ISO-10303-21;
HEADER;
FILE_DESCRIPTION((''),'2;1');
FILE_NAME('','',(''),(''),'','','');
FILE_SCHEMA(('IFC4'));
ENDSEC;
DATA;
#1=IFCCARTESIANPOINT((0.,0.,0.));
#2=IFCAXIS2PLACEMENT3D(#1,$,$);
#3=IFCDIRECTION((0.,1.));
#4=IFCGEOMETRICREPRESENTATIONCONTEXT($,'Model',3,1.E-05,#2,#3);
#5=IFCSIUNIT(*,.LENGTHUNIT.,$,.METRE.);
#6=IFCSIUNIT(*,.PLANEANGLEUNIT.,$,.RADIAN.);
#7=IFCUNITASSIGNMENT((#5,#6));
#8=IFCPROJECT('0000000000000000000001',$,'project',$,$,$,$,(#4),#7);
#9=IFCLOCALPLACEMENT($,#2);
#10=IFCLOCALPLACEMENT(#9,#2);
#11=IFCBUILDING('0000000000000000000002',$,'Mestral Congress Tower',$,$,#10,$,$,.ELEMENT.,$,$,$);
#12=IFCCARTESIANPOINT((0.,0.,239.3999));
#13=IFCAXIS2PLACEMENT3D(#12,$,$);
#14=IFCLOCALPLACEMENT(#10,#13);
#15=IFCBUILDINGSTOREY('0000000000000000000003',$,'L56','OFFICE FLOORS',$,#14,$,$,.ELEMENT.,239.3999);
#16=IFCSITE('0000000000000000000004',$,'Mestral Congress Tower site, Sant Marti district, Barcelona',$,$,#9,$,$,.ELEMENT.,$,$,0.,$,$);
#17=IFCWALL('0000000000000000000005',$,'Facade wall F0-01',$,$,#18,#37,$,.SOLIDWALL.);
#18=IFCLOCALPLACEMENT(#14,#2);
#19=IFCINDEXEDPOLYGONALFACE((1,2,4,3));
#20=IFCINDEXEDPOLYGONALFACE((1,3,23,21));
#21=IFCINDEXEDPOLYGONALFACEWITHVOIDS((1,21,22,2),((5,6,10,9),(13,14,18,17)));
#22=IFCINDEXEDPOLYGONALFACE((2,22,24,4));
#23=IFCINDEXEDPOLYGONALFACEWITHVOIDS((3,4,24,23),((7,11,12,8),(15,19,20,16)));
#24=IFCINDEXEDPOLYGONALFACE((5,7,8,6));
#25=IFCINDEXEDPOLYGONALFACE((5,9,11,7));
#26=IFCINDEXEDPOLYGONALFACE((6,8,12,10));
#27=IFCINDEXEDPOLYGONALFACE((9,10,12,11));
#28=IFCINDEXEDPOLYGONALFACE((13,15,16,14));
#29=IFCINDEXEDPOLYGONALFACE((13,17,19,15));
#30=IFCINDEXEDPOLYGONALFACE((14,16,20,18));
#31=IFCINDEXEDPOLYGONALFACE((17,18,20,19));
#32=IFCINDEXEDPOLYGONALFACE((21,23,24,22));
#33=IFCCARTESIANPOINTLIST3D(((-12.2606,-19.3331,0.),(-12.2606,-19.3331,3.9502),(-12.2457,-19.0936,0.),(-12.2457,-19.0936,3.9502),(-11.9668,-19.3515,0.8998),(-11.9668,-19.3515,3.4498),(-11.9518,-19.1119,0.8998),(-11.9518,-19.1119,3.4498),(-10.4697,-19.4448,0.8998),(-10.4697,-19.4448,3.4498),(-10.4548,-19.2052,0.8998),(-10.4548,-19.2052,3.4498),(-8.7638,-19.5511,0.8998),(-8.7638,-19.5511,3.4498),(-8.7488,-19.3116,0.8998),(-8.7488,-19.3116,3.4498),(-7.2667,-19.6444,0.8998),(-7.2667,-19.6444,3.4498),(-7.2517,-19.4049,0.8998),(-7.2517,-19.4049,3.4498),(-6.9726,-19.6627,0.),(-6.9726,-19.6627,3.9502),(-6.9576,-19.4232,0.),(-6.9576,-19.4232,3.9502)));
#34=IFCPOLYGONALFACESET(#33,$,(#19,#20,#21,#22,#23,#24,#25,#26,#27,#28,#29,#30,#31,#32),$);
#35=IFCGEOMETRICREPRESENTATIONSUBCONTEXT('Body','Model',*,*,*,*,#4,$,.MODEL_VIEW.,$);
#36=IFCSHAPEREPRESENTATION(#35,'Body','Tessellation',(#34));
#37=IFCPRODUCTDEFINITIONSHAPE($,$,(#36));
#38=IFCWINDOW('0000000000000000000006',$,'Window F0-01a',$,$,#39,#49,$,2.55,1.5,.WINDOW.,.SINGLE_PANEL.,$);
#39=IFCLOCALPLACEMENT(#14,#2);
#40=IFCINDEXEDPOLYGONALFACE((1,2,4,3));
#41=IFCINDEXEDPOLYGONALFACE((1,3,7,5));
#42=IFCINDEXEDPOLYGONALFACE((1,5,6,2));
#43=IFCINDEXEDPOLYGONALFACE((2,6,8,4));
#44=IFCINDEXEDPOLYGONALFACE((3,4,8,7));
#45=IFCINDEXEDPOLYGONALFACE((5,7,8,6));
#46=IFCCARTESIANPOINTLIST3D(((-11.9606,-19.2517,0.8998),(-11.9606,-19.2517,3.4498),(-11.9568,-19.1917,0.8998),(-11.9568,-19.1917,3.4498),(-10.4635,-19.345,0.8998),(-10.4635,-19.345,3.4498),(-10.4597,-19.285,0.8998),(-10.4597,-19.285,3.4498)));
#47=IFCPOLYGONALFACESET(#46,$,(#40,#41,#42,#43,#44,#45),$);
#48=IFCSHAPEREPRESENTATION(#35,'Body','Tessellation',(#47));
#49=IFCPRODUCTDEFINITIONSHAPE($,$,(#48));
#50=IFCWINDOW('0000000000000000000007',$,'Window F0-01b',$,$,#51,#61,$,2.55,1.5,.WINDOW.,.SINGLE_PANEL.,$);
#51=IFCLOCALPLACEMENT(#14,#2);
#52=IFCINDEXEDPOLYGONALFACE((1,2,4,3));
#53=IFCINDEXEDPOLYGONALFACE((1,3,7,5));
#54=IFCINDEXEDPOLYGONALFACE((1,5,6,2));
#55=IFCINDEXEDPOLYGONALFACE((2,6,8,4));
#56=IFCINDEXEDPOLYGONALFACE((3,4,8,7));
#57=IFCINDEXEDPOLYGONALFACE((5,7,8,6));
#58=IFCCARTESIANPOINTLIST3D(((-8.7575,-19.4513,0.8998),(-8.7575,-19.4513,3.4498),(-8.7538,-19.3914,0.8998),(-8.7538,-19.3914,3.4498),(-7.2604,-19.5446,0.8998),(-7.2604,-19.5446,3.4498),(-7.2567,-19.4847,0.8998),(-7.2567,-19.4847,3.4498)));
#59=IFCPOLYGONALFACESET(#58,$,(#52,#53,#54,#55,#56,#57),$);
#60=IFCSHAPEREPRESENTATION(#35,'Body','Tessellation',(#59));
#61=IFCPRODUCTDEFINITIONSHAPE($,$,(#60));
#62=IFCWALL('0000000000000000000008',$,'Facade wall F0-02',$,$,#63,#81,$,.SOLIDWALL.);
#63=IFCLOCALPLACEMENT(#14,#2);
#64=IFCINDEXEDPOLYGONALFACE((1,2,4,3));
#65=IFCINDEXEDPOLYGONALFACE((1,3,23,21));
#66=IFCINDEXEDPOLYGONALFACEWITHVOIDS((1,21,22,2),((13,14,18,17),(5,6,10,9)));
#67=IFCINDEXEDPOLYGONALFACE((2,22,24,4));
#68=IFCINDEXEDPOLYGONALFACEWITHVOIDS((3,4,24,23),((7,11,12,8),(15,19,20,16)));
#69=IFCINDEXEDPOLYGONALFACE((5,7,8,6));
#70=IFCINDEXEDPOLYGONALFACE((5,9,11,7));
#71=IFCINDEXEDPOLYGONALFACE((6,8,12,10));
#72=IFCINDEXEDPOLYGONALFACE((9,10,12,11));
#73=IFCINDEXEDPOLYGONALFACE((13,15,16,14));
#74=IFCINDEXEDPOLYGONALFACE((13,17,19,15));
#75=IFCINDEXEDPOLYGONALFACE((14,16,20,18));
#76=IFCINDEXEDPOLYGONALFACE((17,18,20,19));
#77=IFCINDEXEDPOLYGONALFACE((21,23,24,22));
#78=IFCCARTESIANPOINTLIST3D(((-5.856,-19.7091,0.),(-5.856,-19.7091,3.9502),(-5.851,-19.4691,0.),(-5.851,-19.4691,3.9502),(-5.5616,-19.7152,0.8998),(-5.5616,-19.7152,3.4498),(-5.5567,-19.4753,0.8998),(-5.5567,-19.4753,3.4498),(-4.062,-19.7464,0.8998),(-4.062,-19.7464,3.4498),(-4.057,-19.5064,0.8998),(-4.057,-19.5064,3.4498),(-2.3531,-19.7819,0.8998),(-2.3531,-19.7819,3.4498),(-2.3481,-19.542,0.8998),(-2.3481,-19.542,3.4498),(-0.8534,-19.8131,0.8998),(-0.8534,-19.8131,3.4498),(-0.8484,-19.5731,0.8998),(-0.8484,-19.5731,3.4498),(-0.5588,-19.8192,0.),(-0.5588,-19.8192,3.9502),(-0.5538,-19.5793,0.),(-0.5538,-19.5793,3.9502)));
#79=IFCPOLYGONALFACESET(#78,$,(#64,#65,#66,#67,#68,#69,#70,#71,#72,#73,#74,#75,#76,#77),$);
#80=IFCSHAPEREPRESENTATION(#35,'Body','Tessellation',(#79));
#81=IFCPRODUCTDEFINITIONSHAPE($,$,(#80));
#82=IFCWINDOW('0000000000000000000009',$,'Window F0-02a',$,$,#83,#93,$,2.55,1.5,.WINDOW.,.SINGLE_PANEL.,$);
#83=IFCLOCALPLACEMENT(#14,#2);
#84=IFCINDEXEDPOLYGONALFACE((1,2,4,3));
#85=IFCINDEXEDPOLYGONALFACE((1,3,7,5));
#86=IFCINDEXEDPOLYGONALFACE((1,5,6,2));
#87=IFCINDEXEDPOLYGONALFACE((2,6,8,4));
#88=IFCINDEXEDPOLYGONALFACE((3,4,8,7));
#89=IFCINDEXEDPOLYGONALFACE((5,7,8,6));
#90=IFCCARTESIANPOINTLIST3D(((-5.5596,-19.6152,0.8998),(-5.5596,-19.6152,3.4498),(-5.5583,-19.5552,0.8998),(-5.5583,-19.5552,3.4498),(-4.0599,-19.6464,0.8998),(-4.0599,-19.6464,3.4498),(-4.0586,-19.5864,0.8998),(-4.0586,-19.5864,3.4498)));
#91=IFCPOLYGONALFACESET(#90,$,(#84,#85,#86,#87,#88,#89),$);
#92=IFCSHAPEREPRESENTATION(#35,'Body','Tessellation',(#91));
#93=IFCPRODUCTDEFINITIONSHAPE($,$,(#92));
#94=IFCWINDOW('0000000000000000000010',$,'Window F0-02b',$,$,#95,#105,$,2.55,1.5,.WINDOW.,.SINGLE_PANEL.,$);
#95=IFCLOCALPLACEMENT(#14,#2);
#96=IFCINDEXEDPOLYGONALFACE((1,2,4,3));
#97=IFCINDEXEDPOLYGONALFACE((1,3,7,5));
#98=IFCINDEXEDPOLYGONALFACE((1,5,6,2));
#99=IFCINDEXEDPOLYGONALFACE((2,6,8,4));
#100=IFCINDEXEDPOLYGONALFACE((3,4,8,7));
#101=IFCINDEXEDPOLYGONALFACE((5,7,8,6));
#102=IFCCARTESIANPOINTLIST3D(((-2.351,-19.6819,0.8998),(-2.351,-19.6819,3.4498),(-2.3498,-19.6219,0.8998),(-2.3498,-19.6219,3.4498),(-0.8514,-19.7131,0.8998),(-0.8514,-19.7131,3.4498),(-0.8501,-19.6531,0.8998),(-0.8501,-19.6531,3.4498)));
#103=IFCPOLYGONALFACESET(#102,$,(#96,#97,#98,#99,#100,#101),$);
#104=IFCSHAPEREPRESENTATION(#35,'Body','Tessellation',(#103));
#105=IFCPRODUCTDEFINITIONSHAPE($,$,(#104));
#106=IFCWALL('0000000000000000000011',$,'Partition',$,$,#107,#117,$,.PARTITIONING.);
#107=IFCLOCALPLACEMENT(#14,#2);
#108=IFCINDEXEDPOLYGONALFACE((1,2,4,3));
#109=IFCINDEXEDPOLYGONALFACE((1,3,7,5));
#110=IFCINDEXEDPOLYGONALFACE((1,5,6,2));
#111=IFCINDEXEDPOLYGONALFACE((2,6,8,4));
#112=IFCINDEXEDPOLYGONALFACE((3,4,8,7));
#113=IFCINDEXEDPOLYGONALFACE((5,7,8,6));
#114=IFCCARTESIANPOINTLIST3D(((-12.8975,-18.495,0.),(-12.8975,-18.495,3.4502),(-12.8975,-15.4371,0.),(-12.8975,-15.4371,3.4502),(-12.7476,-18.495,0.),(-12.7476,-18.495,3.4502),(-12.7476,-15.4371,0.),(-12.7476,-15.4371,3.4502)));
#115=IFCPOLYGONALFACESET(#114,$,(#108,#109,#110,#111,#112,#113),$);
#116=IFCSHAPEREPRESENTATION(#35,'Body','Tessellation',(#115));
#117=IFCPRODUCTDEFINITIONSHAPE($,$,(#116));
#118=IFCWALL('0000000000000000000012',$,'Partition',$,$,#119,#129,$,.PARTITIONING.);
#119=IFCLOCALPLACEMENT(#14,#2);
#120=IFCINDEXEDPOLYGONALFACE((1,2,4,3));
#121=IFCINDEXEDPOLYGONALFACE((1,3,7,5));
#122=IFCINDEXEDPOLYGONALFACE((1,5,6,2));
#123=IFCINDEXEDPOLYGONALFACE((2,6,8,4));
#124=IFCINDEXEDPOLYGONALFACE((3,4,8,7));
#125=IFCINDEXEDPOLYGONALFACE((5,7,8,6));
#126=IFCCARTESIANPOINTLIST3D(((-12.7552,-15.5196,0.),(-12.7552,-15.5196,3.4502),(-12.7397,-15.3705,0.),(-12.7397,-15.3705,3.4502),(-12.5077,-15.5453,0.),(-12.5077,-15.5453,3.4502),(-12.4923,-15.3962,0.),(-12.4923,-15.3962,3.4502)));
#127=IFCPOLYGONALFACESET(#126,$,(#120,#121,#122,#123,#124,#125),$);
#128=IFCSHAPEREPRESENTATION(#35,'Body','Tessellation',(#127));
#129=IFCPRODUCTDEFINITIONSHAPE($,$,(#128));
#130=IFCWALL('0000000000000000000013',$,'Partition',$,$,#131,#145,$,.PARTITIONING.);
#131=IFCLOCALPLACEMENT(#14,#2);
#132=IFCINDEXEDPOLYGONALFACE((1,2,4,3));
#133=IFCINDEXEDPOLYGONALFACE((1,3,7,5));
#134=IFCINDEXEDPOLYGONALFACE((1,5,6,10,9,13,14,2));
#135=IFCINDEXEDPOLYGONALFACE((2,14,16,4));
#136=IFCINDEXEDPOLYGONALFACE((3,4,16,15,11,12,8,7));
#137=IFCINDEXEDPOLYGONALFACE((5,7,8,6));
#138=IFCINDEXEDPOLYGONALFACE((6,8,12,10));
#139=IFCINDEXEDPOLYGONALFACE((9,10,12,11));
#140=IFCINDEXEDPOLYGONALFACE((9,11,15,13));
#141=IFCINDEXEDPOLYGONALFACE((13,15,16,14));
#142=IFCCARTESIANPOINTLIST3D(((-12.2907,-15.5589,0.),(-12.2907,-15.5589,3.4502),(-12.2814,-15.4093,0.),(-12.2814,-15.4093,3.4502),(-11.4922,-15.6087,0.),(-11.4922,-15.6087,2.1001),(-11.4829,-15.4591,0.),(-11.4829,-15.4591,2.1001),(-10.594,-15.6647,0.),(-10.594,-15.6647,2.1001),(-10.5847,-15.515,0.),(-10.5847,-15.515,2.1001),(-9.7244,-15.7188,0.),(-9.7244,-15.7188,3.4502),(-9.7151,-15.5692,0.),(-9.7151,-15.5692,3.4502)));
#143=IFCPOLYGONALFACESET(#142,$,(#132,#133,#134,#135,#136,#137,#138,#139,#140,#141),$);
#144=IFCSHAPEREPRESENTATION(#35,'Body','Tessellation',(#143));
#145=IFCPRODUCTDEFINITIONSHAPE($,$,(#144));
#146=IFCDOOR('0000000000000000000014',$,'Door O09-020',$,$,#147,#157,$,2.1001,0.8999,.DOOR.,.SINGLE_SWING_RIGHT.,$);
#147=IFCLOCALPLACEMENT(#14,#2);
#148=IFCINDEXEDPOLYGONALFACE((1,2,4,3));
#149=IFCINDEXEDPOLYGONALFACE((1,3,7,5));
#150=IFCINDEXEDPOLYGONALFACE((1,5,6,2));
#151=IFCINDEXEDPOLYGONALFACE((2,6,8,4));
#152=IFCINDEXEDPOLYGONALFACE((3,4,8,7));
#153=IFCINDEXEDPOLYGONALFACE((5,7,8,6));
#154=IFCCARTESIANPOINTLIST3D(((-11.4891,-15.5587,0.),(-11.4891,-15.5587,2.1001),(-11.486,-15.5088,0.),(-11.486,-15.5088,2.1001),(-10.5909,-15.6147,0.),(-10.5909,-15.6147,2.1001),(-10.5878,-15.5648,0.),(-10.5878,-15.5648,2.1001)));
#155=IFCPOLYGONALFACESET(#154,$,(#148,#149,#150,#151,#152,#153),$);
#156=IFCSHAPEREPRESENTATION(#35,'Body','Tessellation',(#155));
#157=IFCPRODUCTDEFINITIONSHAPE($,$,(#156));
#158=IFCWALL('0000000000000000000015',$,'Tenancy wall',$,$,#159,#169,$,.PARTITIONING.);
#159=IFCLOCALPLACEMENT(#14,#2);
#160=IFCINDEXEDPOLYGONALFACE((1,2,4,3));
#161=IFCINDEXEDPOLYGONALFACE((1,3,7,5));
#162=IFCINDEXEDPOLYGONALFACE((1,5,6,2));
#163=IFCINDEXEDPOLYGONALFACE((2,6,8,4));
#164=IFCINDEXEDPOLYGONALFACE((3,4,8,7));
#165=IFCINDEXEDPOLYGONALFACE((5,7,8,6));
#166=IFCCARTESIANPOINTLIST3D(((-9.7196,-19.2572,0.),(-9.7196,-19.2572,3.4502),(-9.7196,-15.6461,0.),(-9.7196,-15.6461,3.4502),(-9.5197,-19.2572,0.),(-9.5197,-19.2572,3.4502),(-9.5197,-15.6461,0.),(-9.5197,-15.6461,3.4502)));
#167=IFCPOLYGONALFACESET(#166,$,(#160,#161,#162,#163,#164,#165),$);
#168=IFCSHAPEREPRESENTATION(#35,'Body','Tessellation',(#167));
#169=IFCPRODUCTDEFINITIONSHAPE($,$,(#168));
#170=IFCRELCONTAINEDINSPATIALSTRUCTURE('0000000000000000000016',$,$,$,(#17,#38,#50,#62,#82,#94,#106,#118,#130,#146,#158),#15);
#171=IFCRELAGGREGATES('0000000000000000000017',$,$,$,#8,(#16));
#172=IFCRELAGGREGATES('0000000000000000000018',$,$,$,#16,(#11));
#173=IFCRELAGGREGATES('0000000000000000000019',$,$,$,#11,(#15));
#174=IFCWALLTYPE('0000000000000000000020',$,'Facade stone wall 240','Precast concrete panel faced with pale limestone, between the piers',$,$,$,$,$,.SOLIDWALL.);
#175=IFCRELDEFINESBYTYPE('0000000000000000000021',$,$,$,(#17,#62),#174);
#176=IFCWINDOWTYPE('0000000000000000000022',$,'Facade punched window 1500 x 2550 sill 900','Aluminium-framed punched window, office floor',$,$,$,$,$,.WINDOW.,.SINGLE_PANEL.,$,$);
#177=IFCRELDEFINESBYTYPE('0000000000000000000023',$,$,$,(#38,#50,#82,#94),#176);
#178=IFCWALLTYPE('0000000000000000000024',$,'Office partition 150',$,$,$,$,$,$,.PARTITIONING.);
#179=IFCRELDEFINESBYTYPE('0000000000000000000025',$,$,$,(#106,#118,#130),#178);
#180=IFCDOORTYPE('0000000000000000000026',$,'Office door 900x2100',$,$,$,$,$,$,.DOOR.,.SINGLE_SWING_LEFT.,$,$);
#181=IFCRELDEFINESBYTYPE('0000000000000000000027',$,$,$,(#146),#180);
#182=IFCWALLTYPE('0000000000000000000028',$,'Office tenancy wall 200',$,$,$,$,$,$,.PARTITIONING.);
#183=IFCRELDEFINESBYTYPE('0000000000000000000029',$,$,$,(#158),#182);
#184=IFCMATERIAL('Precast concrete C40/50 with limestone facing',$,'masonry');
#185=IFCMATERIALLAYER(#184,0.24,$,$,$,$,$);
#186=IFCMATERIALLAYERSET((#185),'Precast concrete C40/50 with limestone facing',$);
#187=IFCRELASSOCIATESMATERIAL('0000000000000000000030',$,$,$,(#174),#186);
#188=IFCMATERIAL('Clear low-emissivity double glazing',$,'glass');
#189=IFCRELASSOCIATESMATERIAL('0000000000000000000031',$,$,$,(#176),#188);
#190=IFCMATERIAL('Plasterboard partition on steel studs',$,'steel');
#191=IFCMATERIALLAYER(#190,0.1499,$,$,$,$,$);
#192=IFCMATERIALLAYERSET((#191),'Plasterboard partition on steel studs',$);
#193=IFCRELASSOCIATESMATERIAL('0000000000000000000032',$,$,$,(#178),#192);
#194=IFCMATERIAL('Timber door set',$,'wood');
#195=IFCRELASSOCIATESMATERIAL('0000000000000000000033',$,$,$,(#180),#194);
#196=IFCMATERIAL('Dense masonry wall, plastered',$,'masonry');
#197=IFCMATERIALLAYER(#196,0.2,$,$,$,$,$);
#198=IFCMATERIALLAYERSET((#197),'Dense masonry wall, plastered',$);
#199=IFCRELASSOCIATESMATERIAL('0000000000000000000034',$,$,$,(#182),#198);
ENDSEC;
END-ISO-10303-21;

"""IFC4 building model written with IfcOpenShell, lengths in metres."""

from ifc_helpers import new_model, si_unit, direction, frame, frame_2d, origin, place, context, subcontext, project, spatial, rectangle, extrude, material, layer, layer_set, type_object, element, fill, save


model = new_model("IFC4")

# Units and contexts
model_context = context("Model", 3, precision=1e-05, world=origin(), true_north=direction((0.0, 1.0)))
body_context = subcontext(model_context, "Body", "Model", "MODEL_VIEW")
ifc_project = project(units=[si_unit("LENGTHUNIT", "METRE"), si_unit("PLANEANGLEUNIT", "RADIAN")], contexts=[model_context])

# Site, building, storey
site_placement = place(None, origin())
site = spatial("IfcSite", under=ifc_project, at=site_placement, Name="Mestral Congress Tower site, Sant Marti district, Barcelona", CompositionType="ELEMENT", RefElevation=0.0)
building_placement = place(site_placement, origin())
building = spatial("IfcBuilding", under=site, at=building_placement, Name="Mestral Congress Tower", CompositionType="ELEMENT")
storey_placement = place(building_placement, frame((0.0, 0.0, 239.3999)))
storey = spatial("IfcBuildingStorey", under=building, at=storey_placement, Name="L56", Description="OFFICE FLOORS", CompositionType="ELEMENT", Elevation=239.3999)

# Walls, openings, windows
ifc_material_1 = material(Name="Precast concrete C40/50 with limestone facing", Category="masonry")
ifc_layer_1 = layer(ifc_material_1, 0.24)
ifc_layer_set_1 = layer_set([ifc_layer_1], Name="Precast concrete C40/50 with limestone facing")
wall_type_1 = type_object("IfcWallType", Name="Facade stone wall 240", Description="Precast concrete panel faced with pale limestone, between the piers", PredefinedType="SOLIDWALL", material=ifc_layer_set_1)
wall_1_placement = place(storey_placement, frame((-12.2532, -19.2134, 0.0), z_axis=(0.0, 0.0, 1.0), x_axis=(0.998063, -0.062206, 0.0)))
wall_1 = element("IfcWall", 1, at=wall_1_placement, inside=storey, type_object=wall_type_1, Name="Facade wall F0-01", PredefinedType="SOLIDWALL", context=body_context, shape_type="SweptSolid", body=[
    extrude(rectangle(XDim=5.2983, YDim=0.24, at=frame_2d((2.6492, 0.0))), origin(), (0.0, 0.0, 1.0), 3.9502),
])
opening_1_placement = place(wall_1_placement, frame((0.2944, 0.0, 0.8999)))
opening_1 = element("IfcOpeningElement", 2, at=opening_1_placement, cuts=wall_1, PredefinedType="OPENING", context=body_context, shape_type="SweptSolid", body=[
    extrude(rectangle(XDim=1.5, YDim=2.55, at=frame_2d((0.75, 1.2749))), frame((0.0, 0.1299, 0.0), z_axis=(0.0, -1.0, 0.0), x_axis=(1.0, 0.0, 0.0)), (0.0, 0.0, 1.0), 0.26),
])
opening_2_placement = place(wall_1_placement, frame((3.5037, 0.0, 0.8999)))
opening_2 = element("IfcOpeningElement", 3, at=opening_2_placement, cuts=wall_1, PredefinedType="OPENING", context=body_context, shape_type="SweptSolid", body=[
    extrude(rectangle(XDim=1.5, YDim=2.55, at=frame_2d((0.75, 1.2749))), frame((0.0, 0.1299, 0.0), z_axis=(0.0, -1.0, 0.0), x_axis=(1.0, 0.0, 0.0)), (0.0, 0.0, 1.0), 0.26),
])
ifc_material_2 = material(Name="Clear low-emissivity double glazing", Category="glass")
window_type = type_object("IfcWindowType", Name="Facade punched window 1500 x 2550 sill 900", Description="Aluminium-framed punched window, office floor", PartitioningType="SINGLE_PANEL", PredefinedType="WINDOW", material=ifc_material_2)
window_1_placement = place(opening_1_placement, origin())
window_1 = element("IfcWindow", 4, at=window_1_placement, inside=storey, type_object=window_type, Name="Window F0-01a", OverallHeight=2.55, OverallWidth=1.5, PartitioningType="SINGLE_PANEL", PredefinedType="WINDOW", context=body_context, shape_type="SweptSolid", body=[
    extrude(rectangle(XDim=1.5, YDim=2.55, at=frame_2d((0.75, 1.2749))), frame((0.0, 0.04, 0.0), z_axis=(0.0, -1.0, 0.0), x_axis=(1.0, 0.0, 0.0)), (0.0, 0.0, 1.0), 0.0601),
])
fill(opening_1, window_1)
window_2_placement = place(opening_2_placement, origin())
window_2 = element("IfcWindow", 5, at=window_2_placement, inside=storey, type_object=window_type, Name="Window F0-01b", OverallHeight=2.55, OverallWidth=1.5, PartitioningType="SINGLE_PANEL", PredefinedType="WINDOW", context=body_context, shape_type="SweptSolid", body=[
    extrude(rectangle(XDim=1.5, YDim=2.55, at=frame_2d((0.75, 1.2749))), frame((0.0, 0.04, 0.0), z_axis=(0.0, -1.0, 0.0), x_axis=(1.0, 0.0, 0.0)), (0.0, 0.0, 1.0), 0.0601),
])
fill(opening_2, window_2)
wall_2_placement = place(storey_placement, frame((-5.8535, -19.5891, 0.0), z_axis=(0.0, 0.0, 1.0), x_axis=(0.999784, -0.020782, 0.0)))
wall_2 = element("IfcWall", 6, at=wall_2_placement, inside=storey, type_object=wall_type_1, Name="Facade wall F0-02", PredefinedType="SOLIDWALL", context=body_context, shape_type="SweptSolid", body=[
    extrude(rectangle(XDim=5.2983, YDim=0.24, at=frame_2d((2.6492, 0.0))), origin(), (0.0, 0.0, 1.0), 3.9502),
])
opening_3_placement = place(wall_2_placement, frame((0.2944, 0.0, 0.8999)))
opening_3 = element("IfcOpeningElement", 7, at=opening_3_placement, cuts=wall_2, PredefinedType="OPENING", context=body_context, shape_type="SweptSolid", body=[
    extrude(rectangle(XDim=1.5, YDim=2.55, at=frame_2d((0.75, 1.2749))), frame((0.0, 0.1299, 0.0), z_axis=(0.0, -1.0, 0.0), x_axis=(1.0, 0.0, 0.0)), (0.0, 0.0, 1.0), 0.26),
])
opening_4_placement = place(wall_2_placement, frame((3.5037, 0.0, 0.8999)))
opening_4 = element("IfcOpeningElement", 8, at=opening_4_placement, cuts=wall_2, PredefinedType="OPENING", context=body_context, shape_type="SweptSolid", body=[
    extrude(rectangle(XDim=1.5, YDim=2.55, at=frame_2d((0.75, 1.2749))), frame((0.0, 0.1299, 0.0), z_axis=(0.0, -1.0, 0.0), x_axis=(1.0, 0.0, 0.0)), (0.0, 0.0, 1.0), 0.26),
])
window_3_placement = place(opening_3_placement, origin())
window_3 = element("IfcWindow", 9, at=window_3_placement, inside=storey, type_object=window_type, Name="Window F0-02a", OverallHeight=2.55, OverallWidth=1.5, PartitioningType="SINGLE_PANEL", PredefinedType="WINDOW", context=body_context, shape_type="SweptSolid", body=[
    extrude(rectangle(XDim=1.5, YDim=2.55, at=frame_2d((0.75, 1.2749))), frame((0.0, 0.04, 0.0), z_axis=(0.0, -1.0, 0.0), x_axis=(1.0, 0.0, 0.0)), (0.0, 0.0, 1.0), 0.0601),
])
fill(opening_3, window_3)
window_4_placement = place(opening_4_placement, origin())
window_4 = element("IfcWindow", 10, at=window_4_placement, inside=storey, type_object=window_type, Name="Window F0-02b", OverallHeight=2.55, OverallWidth=1.5, PartitioningType="SINGLE_PANEL", PredefinedType="WINDOW", context=body_context, shape_type="SweptSolid", body=[
    extrude(rectangle(XDim=1.5, YDim=2.55, at=frame_2d((0.75, 1.2749))), frame((0.0, 0.04, 0.0), z_axis=(0.0, -1.0, 0.0), x_axis=(1.0, 0.0, 0.0)), (0.0, 0.0, 1.0), 0.0601),
])
fill(opening_4, window_4)

# Walls
ifc_material_3 = material(Name="Plasterboard partition on steel studs", Category="steel")
ifc_layer_2 = layer(ifc_material_3, 0.1499)
ifc_layer_set_2 = layer_set([ifc_layer_2], Name="Plasterboard partition on steel studs")
wall_type_2 = type_object("IfcWallType", Name="Office partition 150", PredefinedType="PARTITIONING", material=ifc_layer_set_2)
wall_3_placement = place(storey_placement, frame((-12.8225, -15.4373, 0.0), z_axis=(0.0, 0.0, 1.0), x_axis=(0.0, -1.0, 0.0)))
element("IfcWall", 11, at=wall_3_placement, inside=storey, type_object=wall_type_2, Name="Partition", PredefinedType="PARTITIONING", context=body_context, shape_type="SweptSolid", body=[
    extrude(rectangle(XDim=3.0579, YDim=0.1499, at=frame_2d((1.5288, 0.0))), origin(), (0.0, 0.0, 1.0), 3.4502),
])
wall_4_placement = place(storey_placement, frame((-12.7476, -15.4451, 0.0), z_axis=(0.0, 0.0, 1.0), x_axis=(0.994681, -0.103, 0.0)))
element("IfcWall", 12, at=wall_4_placement, inside=storey, type_object=wall_type_2, Name="Partition", PredefinedType="PARTITIONING", context=body_context, shape_type="SweptSolid", body=[
    extrude(rectangle(XDim=0.2488, YDim=0.1499, at=frame_2d((0.1245, 0.0))), origin(), (0.0, 0.0, 1.0), 3.4502),
])

# Wall, opening, door
wall_5_placement = place(storey_placement, frame((-9.7197, -15.644, 0.0), z_axis=(0.0, 0.0, 1.0), x_axis=(-0.998064, 0.062189, 0.0)))
wall_5 = element("IfcWall", 13, at=wall_5_placement, inside=storey, type_object=wall_type_2, Name="Partition", PredefinedType="PARTITIONING", context=body_context, shape_type="SweptSolid", body=[
    extrude(rectangle(XDim=2.5713, YDim=0.1499, at=frame_2d((1.2856, 0.0))), origin(), (0.0, 0.0, 1.0), 3.4502),
])
opening_5_placement = place(wall_5_placement, frame((0.8713, 0.0, 0.0)))
opening_5 = element("IfcOpeningElement", 14, at=opening_5_placement, cuts=wall_5, PredefinedType="OPENING", context=body_context, shape_type="SweptSolid", body=[
    extrude(rectangle(XDim=0.8999, YDim=2.1001, at=frame_2d((0.45, 1.05))), frame((0.0, 0.085, 0.0), z_axis=(0.0, -1.0, 0.0), x_axis=(1.0, 0.0, 0.0)), (0.0, 0.0, 1.0), 0.1699),
])
ifc_material_4 = material(Name="Timber door set", Category="wood")
door_type_1 = type_object("IfcDoorType", Name="Office door 900x2100", OperationType="SINGLE_SWING_LEFT", PredefinedType="DOOR", material=ifc_material_4)
door_1_placement = place(opening_5_placement, origin())
door_1 = element("IfcDoor", 15, at=door_1_placement, inside=storey, type_object=door_type_1, Name="Door O09-020", OperationType="SINGLE_SWING_RIGHT", OverallHeight=2.1001, OverallWidth=0.8999, PredefinedType="DOOR", context=body_context, shape_type="SweptSolid", body=[
    extrude(rectangle(XDim=0.8999, YDim=2.1001, at=frame_2d((0.45, 1.05))), frame((0.0, 0.0249, 0.0), z_axis=(0.0, -1.0, 0.0), x_axis=(1.0, 0.0, 0.0)), (0.0, 0.0, 1.0), 0.05),
])
fill(opening_5, door_1)

# Wall
ifc_material_5 = material(Name="Dense masonry wall, plastered", Category="masonry")
ifc_layer_3 = layer(ifc_material_5, 0.2)
ifc_layer_set_3 = layer_set([ifc_layer_3], Name="Dense masonry wall, plastered")
wall_type_3 = type_object("IfcWallType", Name="Office tenancy wall 200", PredefinedType="PARTITIONING", material=ifc_layer_set_3)
wall_6_placement = place(storey_placement, frame((-9.6196, -19.2573, 0.0), z_axis=(0.0, 0.0, 1.0), x_axis=(0.0, 1.0, 0.0)))
element("IfcWall", 16, at=wall_6_placement, inside=storey, type_object=wall_type_3, Name="Tenancy wall", PredefinedType="PARTITIONING", context=body_context, shape_type="SweptSolid", body=[
    extrude(rectangle(XDim=3.6111, YDim=0.2, at=frame_2d((1.8057, 0.0))), origin(), (0.0, 0.0, 1.0), 3.4502),
])

save(model, "model.ifc")
